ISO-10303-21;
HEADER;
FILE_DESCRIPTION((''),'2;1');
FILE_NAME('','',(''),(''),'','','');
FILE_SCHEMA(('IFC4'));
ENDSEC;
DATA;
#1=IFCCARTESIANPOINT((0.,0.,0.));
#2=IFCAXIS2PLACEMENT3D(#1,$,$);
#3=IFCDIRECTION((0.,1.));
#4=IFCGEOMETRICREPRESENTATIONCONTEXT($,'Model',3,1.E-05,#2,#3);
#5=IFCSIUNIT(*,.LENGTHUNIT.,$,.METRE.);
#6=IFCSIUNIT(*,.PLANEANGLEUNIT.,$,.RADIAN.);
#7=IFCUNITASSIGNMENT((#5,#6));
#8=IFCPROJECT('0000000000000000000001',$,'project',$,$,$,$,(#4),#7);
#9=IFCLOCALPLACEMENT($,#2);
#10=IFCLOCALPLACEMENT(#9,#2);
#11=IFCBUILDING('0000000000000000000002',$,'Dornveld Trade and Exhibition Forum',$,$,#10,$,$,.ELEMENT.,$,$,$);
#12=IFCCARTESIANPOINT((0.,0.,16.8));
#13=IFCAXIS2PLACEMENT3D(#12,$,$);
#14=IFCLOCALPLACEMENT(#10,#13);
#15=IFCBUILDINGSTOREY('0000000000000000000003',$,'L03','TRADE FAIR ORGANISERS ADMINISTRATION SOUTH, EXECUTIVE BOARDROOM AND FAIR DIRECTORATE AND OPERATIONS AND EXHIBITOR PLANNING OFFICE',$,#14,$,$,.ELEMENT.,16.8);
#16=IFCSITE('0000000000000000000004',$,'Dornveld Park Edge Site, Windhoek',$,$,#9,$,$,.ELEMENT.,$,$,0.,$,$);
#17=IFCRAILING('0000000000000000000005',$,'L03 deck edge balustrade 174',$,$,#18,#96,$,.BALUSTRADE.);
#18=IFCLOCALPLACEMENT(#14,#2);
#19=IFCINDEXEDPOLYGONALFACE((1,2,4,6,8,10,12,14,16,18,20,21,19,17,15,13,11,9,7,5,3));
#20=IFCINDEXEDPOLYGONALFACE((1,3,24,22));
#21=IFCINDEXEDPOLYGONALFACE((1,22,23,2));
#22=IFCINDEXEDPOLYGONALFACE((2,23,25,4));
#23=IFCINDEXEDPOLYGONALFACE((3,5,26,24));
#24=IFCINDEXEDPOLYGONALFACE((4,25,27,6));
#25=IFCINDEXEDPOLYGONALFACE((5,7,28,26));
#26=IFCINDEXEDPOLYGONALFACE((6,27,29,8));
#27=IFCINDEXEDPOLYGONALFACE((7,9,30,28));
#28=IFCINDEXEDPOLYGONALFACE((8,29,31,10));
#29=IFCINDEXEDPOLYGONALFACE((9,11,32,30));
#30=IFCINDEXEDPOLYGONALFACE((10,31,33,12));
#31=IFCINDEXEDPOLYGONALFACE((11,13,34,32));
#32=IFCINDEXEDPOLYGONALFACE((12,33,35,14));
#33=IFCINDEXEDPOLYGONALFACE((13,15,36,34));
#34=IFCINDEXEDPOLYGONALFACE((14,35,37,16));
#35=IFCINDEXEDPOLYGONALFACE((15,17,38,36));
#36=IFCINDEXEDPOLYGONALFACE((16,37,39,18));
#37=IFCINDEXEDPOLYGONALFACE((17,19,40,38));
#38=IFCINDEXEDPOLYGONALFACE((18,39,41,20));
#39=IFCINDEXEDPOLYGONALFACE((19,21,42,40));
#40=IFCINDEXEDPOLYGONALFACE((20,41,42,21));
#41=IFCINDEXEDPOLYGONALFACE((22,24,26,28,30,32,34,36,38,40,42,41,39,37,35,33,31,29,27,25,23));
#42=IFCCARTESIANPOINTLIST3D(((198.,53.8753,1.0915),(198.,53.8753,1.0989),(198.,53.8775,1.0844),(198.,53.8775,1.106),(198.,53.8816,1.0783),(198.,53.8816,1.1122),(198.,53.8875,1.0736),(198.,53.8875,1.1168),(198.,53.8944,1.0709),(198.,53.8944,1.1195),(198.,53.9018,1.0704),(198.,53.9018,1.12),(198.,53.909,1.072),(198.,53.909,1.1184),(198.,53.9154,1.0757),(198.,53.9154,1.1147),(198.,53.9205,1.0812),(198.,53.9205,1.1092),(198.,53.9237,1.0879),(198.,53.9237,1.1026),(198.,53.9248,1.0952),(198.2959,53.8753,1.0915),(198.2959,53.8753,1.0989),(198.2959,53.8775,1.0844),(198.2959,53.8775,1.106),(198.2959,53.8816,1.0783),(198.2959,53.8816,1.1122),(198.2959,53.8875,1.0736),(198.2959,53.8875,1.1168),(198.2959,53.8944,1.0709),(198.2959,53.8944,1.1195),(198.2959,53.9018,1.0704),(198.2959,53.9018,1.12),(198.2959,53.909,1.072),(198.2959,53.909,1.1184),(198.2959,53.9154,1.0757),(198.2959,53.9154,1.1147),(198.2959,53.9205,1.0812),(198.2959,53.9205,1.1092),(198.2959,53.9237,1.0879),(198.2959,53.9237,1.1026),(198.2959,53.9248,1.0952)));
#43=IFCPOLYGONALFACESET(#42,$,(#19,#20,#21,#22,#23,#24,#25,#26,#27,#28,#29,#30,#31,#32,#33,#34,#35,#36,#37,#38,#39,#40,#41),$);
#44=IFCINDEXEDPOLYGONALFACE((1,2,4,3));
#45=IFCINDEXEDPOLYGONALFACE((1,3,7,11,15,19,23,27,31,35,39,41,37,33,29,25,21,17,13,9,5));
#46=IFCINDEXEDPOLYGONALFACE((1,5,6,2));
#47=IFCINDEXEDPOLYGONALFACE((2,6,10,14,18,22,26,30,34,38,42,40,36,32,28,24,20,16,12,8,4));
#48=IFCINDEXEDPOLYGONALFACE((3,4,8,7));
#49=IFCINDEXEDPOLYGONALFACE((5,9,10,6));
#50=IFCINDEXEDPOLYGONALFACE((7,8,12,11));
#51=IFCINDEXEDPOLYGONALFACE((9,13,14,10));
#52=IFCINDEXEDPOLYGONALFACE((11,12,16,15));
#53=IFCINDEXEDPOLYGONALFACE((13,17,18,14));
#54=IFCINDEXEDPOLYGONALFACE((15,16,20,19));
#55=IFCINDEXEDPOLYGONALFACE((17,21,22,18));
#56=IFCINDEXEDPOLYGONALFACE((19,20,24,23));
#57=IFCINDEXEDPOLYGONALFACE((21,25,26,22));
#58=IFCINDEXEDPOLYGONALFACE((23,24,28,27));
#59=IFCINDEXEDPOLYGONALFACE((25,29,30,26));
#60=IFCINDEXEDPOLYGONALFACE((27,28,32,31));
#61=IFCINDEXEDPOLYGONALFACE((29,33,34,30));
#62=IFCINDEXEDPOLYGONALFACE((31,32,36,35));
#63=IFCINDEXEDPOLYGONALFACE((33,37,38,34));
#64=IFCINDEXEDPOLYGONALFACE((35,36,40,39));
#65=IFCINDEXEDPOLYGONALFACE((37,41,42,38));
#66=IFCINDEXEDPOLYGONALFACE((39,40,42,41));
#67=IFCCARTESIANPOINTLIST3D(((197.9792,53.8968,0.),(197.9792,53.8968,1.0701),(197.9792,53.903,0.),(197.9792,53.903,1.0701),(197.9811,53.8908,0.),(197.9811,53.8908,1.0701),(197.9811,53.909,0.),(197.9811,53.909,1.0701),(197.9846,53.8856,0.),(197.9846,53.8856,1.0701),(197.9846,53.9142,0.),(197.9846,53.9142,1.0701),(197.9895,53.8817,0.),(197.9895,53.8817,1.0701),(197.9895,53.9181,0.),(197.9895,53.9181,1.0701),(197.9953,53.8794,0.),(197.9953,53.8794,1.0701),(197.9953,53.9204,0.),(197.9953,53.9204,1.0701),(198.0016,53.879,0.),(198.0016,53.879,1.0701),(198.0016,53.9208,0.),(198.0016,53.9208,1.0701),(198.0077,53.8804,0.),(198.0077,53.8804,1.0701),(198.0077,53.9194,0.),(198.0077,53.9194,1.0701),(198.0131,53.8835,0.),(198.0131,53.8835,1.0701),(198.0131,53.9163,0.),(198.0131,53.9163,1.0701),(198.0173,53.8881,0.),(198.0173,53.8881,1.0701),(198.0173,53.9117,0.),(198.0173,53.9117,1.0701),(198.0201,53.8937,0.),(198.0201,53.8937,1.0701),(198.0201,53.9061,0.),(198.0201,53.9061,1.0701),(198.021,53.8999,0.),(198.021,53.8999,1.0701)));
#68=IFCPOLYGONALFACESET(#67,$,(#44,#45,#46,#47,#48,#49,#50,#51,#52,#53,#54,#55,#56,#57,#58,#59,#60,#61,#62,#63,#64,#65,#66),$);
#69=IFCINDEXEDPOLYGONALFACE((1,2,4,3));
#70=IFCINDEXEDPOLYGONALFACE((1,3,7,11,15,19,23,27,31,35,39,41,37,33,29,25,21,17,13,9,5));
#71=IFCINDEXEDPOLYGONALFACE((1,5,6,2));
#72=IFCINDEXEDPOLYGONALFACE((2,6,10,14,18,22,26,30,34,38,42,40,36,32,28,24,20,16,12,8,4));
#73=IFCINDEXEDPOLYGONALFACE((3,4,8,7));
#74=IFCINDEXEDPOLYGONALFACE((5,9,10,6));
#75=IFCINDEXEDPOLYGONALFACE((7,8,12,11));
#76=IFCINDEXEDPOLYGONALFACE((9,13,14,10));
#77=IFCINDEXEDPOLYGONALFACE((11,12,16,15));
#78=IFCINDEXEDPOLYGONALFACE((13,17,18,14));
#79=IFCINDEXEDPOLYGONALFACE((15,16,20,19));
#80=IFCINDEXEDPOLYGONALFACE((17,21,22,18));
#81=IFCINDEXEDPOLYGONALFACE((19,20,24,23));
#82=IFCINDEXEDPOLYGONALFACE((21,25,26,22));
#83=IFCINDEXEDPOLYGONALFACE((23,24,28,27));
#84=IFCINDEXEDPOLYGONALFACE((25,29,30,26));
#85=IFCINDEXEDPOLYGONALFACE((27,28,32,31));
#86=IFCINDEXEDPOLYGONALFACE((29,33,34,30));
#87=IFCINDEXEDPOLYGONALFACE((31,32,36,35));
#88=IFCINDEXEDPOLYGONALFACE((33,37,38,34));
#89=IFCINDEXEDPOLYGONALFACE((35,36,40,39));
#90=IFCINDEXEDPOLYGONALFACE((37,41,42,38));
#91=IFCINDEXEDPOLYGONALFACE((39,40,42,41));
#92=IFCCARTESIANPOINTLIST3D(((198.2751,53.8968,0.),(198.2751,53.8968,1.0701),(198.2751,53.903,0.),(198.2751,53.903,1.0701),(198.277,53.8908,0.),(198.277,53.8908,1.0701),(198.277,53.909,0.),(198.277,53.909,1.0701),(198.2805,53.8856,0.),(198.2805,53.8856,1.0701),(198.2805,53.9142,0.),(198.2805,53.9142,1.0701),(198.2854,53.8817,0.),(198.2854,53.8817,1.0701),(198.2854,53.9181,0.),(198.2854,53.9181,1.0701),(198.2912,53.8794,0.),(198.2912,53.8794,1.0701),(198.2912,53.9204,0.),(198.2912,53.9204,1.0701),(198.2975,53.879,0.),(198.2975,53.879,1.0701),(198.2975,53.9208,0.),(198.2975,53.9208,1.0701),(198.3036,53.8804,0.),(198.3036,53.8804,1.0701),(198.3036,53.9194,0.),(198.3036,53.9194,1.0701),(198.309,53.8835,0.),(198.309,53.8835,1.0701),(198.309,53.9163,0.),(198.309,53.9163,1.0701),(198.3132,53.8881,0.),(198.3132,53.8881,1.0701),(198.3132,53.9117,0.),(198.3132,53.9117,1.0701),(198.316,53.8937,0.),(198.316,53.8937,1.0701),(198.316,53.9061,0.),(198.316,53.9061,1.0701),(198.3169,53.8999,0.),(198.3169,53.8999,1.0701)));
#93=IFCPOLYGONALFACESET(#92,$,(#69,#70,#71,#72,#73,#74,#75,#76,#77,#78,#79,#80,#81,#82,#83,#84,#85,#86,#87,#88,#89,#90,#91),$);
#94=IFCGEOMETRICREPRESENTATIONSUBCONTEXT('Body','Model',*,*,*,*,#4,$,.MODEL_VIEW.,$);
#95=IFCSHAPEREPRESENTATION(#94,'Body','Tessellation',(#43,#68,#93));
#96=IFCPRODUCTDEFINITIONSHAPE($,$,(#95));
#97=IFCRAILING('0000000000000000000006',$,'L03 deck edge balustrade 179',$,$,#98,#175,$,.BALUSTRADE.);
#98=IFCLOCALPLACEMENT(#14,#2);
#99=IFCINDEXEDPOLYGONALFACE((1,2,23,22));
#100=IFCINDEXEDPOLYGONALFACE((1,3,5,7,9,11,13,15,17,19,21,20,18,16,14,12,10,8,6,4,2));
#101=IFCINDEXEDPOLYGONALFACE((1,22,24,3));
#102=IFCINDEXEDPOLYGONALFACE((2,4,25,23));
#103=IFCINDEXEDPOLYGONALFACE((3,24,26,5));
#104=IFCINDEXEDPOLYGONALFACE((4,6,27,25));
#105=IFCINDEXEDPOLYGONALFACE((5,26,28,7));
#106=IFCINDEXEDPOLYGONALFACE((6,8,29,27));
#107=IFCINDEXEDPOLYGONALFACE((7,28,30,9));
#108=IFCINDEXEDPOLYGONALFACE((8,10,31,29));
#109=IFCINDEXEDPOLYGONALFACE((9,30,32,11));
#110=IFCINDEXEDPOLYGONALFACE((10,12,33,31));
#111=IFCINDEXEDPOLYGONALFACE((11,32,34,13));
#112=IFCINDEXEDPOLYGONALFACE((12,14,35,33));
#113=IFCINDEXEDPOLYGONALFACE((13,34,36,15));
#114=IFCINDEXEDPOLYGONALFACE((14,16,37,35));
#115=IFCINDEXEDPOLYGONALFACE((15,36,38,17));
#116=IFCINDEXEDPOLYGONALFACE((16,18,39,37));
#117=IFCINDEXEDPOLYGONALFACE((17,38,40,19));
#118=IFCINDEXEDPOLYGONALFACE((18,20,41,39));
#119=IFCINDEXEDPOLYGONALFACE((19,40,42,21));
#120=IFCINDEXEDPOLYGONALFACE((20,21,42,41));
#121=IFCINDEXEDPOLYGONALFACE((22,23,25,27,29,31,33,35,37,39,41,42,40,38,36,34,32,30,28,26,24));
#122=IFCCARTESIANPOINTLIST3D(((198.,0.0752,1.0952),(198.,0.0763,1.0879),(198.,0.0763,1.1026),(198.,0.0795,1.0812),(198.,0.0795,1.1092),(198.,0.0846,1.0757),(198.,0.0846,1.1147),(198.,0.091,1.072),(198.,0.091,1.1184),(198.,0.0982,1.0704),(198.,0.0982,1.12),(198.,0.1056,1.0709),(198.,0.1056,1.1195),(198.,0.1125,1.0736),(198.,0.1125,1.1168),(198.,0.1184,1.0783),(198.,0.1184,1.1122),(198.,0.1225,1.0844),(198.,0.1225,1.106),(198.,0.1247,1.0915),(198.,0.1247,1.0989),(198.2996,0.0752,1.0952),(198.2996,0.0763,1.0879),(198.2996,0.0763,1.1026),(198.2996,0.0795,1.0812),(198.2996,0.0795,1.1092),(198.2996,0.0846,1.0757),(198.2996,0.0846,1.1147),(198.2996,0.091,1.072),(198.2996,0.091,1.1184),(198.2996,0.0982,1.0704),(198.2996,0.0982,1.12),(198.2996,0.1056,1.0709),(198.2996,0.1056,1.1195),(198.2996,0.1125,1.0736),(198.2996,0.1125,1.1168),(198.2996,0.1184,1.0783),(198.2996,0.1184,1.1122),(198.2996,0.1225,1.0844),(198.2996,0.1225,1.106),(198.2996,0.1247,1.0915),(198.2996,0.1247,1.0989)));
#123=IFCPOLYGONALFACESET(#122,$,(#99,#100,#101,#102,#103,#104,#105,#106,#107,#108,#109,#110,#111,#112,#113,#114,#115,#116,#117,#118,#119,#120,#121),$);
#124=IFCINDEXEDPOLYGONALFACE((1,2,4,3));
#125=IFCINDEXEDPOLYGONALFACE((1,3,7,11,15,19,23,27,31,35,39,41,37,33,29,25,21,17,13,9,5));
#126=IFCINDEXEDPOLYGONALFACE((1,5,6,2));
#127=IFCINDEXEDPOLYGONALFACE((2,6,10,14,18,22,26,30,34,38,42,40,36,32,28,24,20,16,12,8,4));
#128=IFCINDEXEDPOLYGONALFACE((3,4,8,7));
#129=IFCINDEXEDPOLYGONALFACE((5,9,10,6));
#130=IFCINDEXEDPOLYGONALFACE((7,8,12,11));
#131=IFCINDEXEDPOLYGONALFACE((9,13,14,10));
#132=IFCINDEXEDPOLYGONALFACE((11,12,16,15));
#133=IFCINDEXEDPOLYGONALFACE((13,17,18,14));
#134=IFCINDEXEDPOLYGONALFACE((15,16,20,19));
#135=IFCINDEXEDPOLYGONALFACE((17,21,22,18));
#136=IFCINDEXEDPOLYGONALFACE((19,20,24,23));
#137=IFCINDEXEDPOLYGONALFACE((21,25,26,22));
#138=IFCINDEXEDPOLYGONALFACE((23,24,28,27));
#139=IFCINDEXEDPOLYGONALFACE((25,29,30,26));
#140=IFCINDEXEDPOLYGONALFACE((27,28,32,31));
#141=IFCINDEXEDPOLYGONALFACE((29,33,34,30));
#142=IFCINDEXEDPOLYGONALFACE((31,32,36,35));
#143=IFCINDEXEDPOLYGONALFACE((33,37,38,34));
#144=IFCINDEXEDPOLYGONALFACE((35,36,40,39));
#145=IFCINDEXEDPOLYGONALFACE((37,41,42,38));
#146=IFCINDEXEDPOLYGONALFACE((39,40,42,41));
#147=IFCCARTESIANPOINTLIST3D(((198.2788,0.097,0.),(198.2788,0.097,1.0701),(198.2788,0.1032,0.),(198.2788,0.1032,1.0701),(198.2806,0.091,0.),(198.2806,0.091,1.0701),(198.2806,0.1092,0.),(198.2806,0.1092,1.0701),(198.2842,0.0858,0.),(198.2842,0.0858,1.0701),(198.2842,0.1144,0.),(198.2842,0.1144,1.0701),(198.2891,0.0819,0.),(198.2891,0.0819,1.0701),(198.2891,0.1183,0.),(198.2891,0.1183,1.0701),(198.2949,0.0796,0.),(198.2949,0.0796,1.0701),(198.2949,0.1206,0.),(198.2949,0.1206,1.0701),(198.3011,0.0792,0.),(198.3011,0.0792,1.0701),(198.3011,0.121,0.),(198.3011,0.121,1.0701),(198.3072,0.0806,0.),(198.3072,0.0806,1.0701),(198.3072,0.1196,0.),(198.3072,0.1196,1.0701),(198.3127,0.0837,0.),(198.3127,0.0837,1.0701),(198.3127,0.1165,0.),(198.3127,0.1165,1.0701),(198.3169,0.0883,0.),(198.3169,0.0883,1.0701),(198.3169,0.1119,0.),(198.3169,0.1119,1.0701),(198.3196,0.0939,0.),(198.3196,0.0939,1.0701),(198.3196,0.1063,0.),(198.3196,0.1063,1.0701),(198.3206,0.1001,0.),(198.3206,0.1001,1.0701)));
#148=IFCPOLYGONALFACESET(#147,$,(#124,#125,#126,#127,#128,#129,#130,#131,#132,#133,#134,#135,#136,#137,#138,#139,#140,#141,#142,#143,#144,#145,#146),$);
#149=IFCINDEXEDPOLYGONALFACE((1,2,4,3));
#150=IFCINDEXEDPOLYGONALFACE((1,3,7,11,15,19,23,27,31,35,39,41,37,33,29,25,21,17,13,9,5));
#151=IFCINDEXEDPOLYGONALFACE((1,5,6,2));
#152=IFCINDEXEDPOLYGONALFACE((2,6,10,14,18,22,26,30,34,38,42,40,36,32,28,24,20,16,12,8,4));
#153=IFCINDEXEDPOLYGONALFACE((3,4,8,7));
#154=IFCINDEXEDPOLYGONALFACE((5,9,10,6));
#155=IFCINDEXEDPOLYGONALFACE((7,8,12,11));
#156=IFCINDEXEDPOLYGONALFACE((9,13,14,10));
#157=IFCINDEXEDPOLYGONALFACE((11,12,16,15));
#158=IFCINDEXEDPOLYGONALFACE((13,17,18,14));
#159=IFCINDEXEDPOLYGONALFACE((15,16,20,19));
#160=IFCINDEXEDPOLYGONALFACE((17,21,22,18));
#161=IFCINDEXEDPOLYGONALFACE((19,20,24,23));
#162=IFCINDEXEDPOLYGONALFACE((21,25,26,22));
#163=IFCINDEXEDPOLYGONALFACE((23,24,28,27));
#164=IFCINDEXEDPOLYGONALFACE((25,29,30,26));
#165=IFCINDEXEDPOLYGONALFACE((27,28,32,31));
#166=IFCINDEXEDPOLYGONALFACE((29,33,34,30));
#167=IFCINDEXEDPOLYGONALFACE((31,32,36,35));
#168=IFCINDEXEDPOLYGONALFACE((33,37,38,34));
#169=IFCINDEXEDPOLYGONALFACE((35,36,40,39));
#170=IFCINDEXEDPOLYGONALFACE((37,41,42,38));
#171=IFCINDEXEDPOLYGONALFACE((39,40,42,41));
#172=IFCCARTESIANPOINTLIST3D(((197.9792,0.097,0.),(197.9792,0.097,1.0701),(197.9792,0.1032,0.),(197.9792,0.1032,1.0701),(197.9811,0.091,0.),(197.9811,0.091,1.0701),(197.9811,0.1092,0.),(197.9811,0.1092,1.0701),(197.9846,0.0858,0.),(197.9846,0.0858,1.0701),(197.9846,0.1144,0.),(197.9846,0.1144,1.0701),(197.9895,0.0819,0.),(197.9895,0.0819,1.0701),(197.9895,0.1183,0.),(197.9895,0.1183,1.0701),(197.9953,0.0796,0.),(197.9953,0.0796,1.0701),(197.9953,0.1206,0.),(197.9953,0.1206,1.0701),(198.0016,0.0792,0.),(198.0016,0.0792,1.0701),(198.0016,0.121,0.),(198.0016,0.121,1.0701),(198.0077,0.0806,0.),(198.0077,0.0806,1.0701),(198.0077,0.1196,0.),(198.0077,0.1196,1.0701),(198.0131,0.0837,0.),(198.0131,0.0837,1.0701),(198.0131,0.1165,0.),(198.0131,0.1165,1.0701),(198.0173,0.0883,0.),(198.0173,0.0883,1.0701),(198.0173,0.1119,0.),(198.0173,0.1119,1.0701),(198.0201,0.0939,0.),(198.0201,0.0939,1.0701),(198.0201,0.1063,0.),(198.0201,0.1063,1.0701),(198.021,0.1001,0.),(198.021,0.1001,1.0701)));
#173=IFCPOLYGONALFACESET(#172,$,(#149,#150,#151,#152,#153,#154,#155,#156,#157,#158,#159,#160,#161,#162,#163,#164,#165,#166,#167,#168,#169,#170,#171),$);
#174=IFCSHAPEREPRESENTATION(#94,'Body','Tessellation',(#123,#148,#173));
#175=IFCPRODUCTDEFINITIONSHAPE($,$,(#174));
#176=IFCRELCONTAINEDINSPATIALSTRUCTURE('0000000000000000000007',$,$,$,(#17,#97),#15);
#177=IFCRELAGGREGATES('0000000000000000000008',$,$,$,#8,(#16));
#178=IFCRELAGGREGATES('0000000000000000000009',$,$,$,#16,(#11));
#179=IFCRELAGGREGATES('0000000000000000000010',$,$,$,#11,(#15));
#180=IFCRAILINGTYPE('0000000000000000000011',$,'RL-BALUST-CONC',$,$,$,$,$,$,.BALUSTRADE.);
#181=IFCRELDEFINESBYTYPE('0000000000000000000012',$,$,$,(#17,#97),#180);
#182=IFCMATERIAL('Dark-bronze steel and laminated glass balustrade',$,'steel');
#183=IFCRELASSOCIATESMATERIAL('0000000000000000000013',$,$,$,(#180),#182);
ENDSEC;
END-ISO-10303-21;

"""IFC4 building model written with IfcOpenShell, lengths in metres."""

from ifc_helpers import new_model, si_unit, direction, frame, origin, origin_2d, place, context, subcontext, project, spatial, circle, extrude, material, type_object, element, save


model = new_model("IFC4")

# Units and contexts
model_context = context("Model", 3, precision=1e-05, world=origin(), true_north=direction((0.0, 1.0)))
body_context = subcontext(model_context, "Body", "Model", "MODEL_VIEW")
ifc_project = project(units=[si_unit("LENGTHUNIT", "METRE"), si_unit("PLANEANGLEUNIT", "RADIAN")], contexts=[model_context])

# Site, building, storey
site_placement = place(None, origin())
site = spatial("IfcSite", under=ifc_project, at=site_placement, Name="Dornveld Park Edge Site, Windhoek", CompositionType="ELEMENT", RefElevation=0.0)
building_placement = place(site_placement, origin())
building = spatial("IfcBuilding", under=site, at=building_placement, Name="Dornveld Trade and Exhibition Forum", CompositionType="ELEMENT")
storey_placement = place(building_placement, frame((0.0, 0.0, 16.8)))
storey = spatial("IfcBuildingStorey", under=building, at=storey_placement, Name="L03", Description="TRADE FAIR ORGANISERS ADMINISTRATION SOUTH, EXECUTIVE BOARDROOM AND FAIR DIRECTORATE AND OPERATIONS AND EXHIBITOR PLANNING OFFICE", CompositionType="ELEMENT", Elevation=16.8)

# Railings
ifc_material_1 = material(Name="Dark-bronze steel and laminated glass balustrade", Category="steel")
railing_type = type_object("IfcRailingType", Name="RL-BALUST-CONC", PredefinedType="BALUSTRADE", material=ifc_material_1)
railing_1_placement = place(storey_placement, frame((198.0, 53.8999, 0.0)))
element("IfcRailing", 1, at=railing_1_placement, inside=storey, type_object=railing_type, Name="L03 deck edge balustrade 174", PredefinedType="BALUSTRADE", context=body_context, shape_type="SweptSolid", body=[
    extrude(circle(Radius=0.0249, at=origin_2d()), frame((0.0, 0.0, 1.0952), z_axis=(1.0, 0.0, 0.0), x_axis=(0.0, 1.0, 0.0)), (0.0, 0.0, 1.0), 0.2959),
    extrude(circle(Radius=0.021, at=origin_2d()), origin(), (0.0, 0.0, 1.0), 1.0701),
    extrude(circle(Radius=0.021, at=origin_2d()), frame((0.2959, 0.0, 0.0)), (0.0, 0.0, 1.0), 1.0701),
])
railing_2_placement = place(storey_placement, frame((198.2996, 0.1001, 0.0)))
element("IfcRailing", 2, at=railing_2_placement, inside=storey, type_object=railing_type, Name="L03 deck edge balustrade 179", PredefinedType="BALUSTRADE", context=body_context, shape_type="SweptSolid", body=[
    extrude(circle(Radius=0.0249, at=origin_2d()), frame((0.0, 0.0, 1.0952), z_axis=(-1.0, 0.0, 0.0), x_axis=(0.0, -1.0, 0.0)), (0.0, 0.0, 1.0), 0.2996),
    extrude(circle(Radius=0.021, at=origin_2d()), origin(), (0.0, 0.0, 1.0), 1.0701),
    extrude(circle(Radius=0.021, at=origin_2d()), frame((-0.2996, 0.0, 0.0)), (0.0, 0.0, 1.0), 1.0701),
])

save(model, "model.ifc")
